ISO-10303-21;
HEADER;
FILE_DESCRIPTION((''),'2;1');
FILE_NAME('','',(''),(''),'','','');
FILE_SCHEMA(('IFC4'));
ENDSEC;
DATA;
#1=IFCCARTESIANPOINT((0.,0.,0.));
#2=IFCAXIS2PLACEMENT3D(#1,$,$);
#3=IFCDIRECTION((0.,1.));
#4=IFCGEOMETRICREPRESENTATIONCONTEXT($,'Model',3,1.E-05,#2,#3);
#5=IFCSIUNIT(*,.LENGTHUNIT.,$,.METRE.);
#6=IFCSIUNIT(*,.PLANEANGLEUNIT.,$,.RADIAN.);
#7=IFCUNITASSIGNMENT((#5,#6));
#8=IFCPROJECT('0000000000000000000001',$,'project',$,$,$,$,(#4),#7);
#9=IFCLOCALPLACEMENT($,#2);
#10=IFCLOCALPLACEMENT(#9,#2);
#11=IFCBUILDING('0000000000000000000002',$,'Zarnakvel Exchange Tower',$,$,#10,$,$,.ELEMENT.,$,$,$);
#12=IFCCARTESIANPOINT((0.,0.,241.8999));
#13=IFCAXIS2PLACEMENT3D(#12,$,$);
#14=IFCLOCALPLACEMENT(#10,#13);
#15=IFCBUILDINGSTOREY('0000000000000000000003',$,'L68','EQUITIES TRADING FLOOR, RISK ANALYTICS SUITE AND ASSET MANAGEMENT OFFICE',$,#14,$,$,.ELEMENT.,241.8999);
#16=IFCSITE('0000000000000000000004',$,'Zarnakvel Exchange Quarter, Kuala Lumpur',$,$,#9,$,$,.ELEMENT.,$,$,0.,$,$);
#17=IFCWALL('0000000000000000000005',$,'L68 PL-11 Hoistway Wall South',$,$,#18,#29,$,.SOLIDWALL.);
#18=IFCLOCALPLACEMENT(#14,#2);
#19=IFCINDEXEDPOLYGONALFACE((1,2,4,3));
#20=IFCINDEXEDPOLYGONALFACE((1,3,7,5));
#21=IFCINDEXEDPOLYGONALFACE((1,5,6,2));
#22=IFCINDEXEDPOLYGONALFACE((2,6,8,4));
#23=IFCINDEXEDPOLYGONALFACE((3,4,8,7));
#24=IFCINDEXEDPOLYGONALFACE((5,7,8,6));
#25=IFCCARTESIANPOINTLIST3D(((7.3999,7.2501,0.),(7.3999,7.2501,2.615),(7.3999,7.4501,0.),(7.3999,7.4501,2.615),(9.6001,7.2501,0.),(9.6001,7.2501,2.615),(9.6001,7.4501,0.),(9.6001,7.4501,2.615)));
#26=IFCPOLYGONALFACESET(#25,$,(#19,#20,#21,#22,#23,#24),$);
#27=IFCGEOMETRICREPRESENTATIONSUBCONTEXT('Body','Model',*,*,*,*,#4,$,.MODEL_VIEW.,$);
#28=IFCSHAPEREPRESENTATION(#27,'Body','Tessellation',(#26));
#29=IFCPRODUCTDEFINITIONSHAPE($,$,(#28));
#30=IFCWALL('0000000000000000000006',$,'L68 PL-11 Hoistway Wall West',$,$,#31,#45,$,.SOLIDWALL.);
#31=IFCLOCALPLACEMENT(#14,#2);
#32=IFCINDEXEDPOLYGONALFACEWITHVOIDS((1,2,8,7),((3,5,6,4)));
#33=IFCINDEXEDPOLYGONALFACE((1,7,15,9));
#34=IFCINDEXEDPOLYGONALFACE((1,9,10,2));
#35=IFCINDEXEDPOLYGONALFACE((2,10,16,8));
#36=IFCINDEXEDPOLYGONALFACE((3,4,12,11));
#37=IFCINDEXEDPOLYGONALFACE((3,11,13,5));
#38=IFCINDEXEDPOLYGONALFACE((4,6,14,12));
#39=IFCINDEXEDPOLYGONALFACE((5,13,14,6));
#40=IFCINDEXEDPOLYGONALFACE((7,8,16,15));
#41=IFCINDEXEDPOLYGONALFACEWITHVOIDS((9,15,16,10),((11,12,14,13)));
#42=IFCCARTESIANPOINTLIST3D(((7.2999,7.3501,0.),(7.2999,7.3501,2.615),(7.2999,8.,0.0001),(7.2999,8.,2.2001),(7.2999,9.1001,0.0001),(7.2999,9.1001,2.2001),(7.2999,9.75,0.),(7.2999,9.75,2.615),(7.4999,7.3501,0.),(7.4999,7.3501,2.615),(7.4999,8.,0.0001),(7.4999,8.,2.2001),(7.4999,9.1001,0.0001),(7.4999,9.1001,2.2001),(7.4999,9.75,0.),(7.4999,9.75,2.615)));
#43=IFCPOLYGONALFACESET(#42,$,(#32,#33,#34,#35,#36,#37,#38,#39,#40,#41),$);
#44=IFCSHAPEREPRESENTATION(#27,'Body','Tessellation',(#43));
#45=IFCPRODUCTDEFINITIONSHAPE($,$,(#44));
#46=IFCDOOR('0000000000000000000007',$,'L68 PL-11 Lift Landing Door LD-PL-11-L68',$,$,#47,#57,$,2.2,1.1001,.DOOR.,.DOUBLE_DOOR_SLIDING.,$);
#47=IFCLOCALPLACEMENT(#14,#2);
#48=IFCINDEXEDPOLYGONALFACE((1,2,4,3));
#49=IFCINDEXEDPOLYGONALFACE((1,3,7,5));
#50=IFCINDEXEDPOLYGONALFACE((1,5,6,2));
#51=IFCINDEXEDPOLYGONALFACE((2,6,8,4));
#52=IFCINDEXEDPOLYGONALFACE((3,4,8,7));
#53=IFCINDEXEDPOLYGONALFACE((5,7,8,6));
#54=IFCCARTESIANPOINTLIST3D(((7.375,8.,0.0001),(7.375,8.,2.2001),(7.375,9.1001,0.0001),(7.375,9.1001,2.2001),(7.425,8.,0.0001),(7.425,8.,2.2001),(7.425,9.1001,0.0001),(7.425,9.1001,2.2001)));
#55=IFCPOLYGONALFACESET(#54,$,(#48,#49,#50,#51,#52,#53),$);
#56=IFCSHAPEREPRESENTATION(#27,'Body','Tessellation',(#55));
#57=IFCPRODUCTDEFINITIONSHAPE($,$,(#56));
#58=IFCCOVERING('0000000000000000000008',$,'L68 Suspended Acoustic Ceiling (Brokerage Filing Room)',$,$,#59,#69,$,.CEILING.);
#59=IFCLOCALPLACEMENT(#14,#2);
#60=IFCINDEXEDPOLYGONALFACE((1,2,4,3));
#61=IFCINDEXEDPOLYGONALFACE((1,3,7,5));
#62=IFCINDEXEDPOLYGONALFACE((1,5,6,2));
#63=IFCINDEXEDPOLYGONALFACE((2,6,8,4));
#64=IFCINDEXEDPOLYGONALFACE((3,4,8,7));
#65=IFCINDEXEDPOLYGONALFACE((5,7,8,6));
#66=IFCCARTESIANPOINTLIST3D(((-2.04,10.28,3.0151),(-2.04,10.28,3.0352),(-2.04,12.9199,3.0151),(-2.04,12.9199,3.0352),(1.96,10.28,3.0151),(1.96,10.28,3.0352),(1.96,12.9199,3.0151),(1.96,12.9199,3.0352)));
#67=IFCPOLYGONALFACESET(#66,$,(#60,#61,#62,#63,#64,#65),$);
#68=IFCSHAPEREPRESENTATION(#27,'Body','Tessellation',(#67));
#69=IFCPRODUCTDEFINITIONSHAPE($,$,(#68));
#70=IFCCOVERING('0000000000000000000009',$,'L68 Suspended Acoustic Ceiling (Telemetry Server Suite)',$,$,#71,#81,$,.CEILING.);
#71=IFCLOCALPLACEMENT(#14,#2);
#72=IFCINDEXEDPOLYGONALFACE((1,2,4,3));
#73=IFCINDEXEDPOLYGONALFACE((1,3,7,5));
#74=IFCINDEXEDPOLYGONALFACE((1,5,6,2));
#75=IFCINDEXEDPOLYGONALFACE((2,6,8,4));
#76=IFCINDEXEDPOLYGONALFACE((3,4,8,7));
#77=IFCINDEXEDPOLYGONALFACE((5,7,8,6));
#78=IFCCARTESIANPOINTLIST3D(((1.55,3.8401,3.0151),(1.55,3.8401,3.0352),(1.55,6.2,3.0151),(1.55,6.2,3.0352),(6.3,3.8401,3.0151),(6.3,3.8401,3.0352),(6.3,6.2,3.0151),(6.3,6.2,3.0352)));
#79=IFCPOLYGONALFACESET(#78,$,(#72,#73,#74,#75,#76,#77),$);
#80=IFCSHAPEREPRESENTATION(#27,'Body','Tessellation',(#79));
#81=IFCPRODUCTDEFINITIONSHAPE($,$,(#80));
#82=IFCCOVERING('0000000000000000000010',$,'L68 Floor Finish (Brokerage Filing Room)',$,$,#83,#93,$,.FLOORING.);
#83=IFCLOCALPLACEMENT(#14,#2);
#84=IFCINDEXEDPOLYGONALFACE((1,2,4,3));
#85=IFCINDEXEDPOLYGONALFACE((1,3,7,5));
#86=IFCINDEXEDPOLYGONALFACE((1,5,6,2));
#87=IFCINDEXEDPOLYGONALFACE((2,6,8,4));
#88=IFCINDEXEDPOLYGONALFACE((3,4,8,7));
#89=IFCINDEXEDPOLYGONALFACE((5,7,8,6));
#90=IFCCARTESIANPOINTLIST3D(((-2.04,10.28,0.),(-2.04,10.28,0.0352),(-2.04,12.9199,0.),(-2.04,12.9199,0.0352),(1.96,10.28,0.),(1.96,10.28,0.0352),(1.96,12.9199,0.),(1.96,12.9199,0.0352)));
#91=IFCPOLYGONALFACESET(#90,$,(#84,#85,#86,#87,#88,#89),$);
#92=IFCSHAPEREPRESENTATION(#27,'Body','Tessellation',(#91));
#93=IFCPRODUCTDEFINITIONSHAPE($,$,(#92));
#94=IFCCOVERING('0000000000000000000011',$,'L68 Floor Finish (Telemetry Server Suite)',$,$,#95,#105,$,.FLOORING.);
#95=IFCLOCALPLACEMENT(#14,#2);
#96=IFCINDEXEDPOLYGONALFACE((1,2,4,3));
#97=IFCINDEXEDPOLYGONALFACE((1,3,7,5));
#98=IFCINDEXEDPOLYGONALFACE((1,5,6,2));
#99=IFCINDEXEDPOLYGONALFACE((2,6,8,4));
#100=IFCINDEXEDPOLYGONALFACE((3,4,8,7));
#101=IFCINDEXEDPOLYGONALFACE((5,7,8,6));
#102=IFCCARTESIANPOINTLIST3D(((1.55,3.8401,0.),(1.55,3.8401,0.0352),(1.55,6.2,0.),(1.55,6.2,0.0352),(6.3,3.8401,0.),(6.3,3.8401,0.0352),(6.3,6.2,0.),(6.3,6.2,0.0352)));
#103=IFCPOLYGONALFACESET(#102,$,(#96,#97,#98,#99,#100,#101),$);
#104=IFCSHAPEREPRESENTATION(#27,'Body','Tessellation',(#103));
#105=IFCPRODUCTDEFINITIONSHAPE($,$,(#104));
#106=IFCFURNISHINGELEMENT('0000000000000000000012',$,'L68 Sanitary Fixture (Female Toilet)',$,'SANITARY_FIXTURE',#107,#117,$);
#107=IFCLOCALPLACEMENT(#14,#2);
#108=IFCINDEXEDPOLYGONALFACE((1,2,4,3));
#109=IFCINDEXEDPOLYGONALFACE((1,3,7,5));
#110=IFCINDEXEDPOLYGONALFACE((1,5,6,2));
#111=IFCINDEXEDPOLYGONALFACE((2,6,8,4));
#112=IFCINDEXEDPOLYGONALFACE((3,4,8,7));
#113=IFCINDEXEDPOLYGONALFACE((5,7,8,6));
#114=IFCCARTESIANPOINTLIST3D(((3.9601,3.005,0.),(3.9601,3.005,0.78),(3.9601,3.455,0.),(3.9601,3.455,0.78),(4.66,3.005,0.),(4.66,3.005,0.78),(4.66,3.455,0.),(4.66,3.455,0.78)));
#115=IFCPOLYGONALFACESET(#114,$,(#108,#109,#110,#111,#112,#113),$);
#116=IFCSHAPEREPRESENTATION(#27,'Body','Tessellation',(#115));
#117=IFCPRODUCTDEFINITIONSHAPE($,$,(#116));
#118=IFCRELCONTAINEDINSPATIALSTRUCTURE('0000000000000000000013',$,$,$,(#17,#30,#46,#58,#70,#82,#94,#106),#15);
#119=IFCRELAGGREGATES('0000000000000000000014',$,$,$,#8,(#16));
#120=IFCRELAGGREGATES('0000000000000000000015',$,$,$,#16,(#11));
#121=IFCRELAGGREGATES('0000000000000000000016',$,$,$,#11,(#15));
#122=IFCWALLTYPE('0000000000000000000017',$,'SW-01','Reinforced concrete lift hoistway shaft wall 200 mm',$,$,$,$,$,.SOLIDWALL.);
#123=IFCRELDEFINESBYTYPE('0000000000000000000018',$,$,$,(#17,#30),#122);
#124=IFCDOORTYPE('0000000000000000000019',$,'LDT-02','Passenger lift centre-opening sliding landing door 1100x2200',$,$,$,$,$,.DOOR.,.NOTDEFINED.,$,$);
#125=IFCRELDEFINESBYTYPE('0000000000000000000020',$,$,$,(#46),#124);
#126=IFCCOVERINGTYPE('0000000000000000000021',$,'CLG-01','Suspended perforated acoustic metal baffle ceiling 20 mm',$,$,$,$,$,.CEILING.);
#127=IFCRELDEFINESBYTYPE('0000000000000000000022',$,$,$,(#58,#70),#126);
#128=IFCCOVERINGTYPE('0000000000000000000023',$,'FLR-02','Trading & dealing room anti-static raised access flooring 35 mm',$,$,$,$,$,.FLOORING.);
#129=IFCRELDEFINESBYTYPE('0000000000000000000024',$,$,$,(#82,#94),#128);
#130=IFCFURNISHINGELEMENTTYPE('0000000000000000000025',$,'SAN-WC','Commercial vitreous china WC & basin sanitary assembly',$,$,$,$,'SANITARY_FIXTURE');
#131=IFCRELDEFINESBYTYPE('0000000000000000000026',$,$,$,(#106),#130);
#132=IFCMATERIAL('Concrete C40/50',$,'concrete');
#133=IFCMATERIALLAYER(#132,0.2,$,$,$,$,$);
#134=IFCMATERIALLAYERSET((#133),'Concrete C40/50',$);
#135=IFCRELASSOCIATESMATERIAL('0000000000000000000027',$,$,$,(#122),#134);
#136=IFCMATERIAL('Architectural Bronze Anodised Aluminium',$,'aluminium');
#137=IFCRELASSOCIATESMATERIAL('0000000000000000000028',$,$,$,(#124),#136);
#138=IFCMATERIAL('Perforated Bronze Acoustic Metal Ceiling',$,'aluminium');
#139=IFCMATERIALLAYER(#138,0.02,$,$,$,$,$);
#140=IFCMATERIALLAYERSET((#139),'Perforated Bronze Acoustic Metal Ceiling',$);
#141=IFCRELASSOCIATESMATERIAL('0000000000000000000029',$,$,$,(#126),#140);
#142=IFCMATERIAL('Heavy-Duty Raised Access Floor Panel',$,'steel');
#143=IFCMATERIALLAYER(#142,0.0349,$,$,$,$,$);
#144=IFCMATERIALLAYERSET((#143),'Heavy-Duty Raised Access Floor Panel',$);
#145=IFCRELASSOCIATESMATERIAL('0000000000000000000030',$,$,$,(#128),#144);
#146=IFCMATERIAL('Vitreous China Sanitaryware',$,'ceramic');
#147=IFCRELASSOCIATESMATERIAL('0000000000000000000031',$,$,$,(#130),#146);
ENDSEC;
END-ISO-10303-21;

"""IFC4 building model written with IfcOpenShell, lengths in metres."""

from ifc_helpers import new_model, si_unit, direction, frame, frame_2d, origin, origin_2d, place, context, subcontext, project, spatial, polyline, rectangle, outline, extrude, source, transform, mapped, material, layer, layer_set, type_object, element, fill, save


model = new_model("IFC4")

# Units and contexts
model_context = context("Model", 3, precision=1e-05, world=origin(), true_north=direction((0.0, 1.0)))
body_context = subcontext(model_context, "Body", "Model", "MODEL_VIEW")
ifc_project = project(units=[si_unit("LENGTHUNIT", "METRE"), si_unit("PLANEANGLEUNIT", "RADIAN")], contexts=[model_context])

# Site, building, storey
site_placement = place(None, origin())
site = spatial("IfcSite", under=ifc_project, at=site_placement, Name="Zarnakvel Exchange Quarter, Kuala Lumpur", CompositionType="ELEMENT", RefElevation=0.0)
building_placement = place(site_placement, origin())
building = spatial("IfcBuilding", under=site, at=building_placement, Name="Zarnakvel Exchange Tower", CompositionType="ELEMENT")
storey_placement = place(building_placement, frame((0.0, 0.0, 241.8999)))
storey = spatial("IfcBuildingStorey", under=building, at=storey_placement, Name="L68", Description="EQUITIES TRADING FLOOR, RISK ANALYTICS SUITE AND ASSET MANAGEMENT OFFICE", CompositionType="ELEMENT", Elevation=241.8999)

# Shared definitions
ifc_material_1 = material(Name="Concrete C40/50", Category="concrete")
ifc_layer_1 = layer(ifc_material_1, 0.2)
ifc_layer_set_1 = layer_set([ifc_layer_1], Name="Concrete C40/50")
wall_type_1 = type_object("IfcWallType", Name="SW-01", Description="Reinforced concrete lift hoistway shaft wall 200 mm", PredefinedType="SOLIDWALL", material=ifc_layer_set_1)
shared_shape_1 = source(origin(), body_context, "Body", "SweptSolid", [
    extrude(rectangle(XDim=1.1001, YDim=2.2, at=frame_2d((0.55, 1.1001))), frame((0.0, 0.0249, 0.0), z_axis=(0.0, -1.0, 0.0), x_axis=(1.0, 0.0, 0.0)), (0.0, 0.0, 1.0), 0.05),
])

# Wall
wall_1_placement = place(storey_placement, frame((9.6001, 7.3501, 0.0), z_axis=(0.0, 0.0, 1.0), x_axis=(-1.0, 0.0, 0.0)))
element("IfcWall", 1, at=wall_1_placement, inside=storey, type_object=wall_type_1, Name="L68 PL-11 Hoistway Wall South", PredefinedType="SOLIDWALL", context=body_context, shape_type="SweptSolid", body=[
    extrude(rectangle(XDim=2.2002, YDim=0.2, at=frame_2d((1.1001, 0.0))), origin(), (0.0, 0.0, 1.0), 2.615),
])

# Wall, opening, door
wall_2_placement = place(storey_placement, frame((7.3999, 7.3501, 0.0), z_axis=(0.0, 0.0, 1.0), x_axis=(0.0, 1.0, 0.0)))
wall_2 = element("IfcWall", 2, at=wall_2_placement, inside=storey, type_object=wall_type_1, Name="L68 PL-11 Hoistway Wall West", PredefinedType="SOLIDWALL", context=body_context, shape_type="SweptSolid", body=[
    extrude(rectangle(XDim=2.3999, YDim=0.2, at=frame_2d((1.2, 0.0))), origin(), (0.0, 0.0, 1.0), 2.615),
])
opening_1_placement = place(wall_2_placement, frame((0.6499, 0.0, 0.0)))
opening_1 = element("IfcOpeningElement", 3, at=opening_1_placement, cuts=wall_2, PredefinedType="OPENING", context=body_context, shape_type="SweptSolid", body=[
    extrude(rectangle(XDim=1.1001, YDim=2.2, at=frame_2d((0.55, 1.1001))), frame((0.0, 0.1099, 0.0), z_axis=(0.0, -1.0, 0.0), x_axis=(1.0, 0.0, 0.0)), (0.0, 0.0, 1.0), 0.22),
])
ifc_material_2 = material(Name="Architectural Bronze Anodised Aluminium", Category="aluminium")
door_type_1 = type_object("IfcDoorType", Name="LDT-02", Description="Passenger lift centre-opening sliding landing door 1100x2200", OperationType="NOTDEFINED", PredefinedType="DOOR", material=ifc_material_2)
door_1_placement = place(opening_1_placement, origin())
door_1 = element("IfcDoor", 4, at=door_1_placement, inside=storey, type_object=door_type_1, Name="L68 PL-11 Lift Landing Door LD-PL-11-L68", OperationType="DOUBLE_DOOR_SLIDING", OverallHeight=2.2, OverallWidth=1.1001, PredefinedType="DOOR", context=body_context, shape_type="MappedRepresentation", body=[
    mapped(shared_shape_1, transform((0.0, 0.0, 0.0), x_axis=(1.0, 0.0, 0.0), y_axis=(0.0, 1.0, 0.0), z_axis=(0.0, 0.0, 1.0), scale=1.0)),
])
fill(opening_1, door_1)

# Coverings
ifc_material_3 = material(Name="Perforated Bronze Acoustic Metal Ceiling", Category="aluminium")
ifc_layer_2 = layer(ifc_material_3, 0.02)
ifc_layer_set_2 = layer_set([ifc_layer_2], Name="Perforated Bronze Acoustic Metal Ceiling")
covering_type_1 = type_object("IfcCoveringType", Name="CLG-01", Description="Suspended perforated acoustic metal baffle ceiling 20 mm", PredefinedType="CEILING", material=ifc_layer_set_2)
covering_1_placement = place(storey_placement, frame((0.0, 0.0, 3.0151)))
element("IfcCovering", 5, at=covering_1_placement, inside=storey, type_object=covering_type_1, Name="L68 Suspended Acoustic Ceiling (Brokerage Filing Room)", PredefinedType="CEILING", context=body_context, shape_type="SweptSolid", body=[
    extrude(outline(polyline([(-2.04, 12.9199), (1.96, 12.9199), (1.96, 10.28), (-2.04, 10.28), (-2.04, 12.9199)])), origin(), (0.0, 0.0, 1.0), 0.02),
])
covering_2_placement = place(storey_placement, frame((0.0, 0.0, 3.0151)))
element("IfcCovering", 6, at=covering_2_placement, inside=storey, type_object=covering_type_1, Name="L68 Suspended Acoustic Ceiling (Telemetry Server Suite)", PredefinedType="CEILING", context=body_context, shape_type="SweptSolid", body=[
    extrude(outline(polyline([(1.55, 6.2), (6.3, 6.2), (6.3, 3.8401), (1.55, 3.8401), (1.55, 6.2)])), origin(), (0.0, 0.0, 1.0), 0.02),
])
ifc_material_4 = material(Name="Heavy-Duty Raised Access Floor Panel", Category="steel")
ifc_layer_3 = layer(ifc_material_4, 0.0349)
ifc_layer_set_3 = layer_set([ifc_layer_3], Name="Heavy-Duty Raised Access Floor Panel")
covering_type_2 = type_object("IfcCoveringType", Name="FLR-02", Description="Trading & dealing room anti-static raised access flooring 35 mm", PredefinedType="FLOORING", material=ifc_layer_set_3)
covering_3_placement = place(storey_placement, origin())
element("IfcCovering", 7, at=covering_3_placement, inside=storey, type_object=covering_type_2, Name="L68 Floor Finish (Brokerage Filing Room)", PredefinedType="FLOORING", context=body_context, shape_type="SweptSolid", body=[
    extrude(outline(polyline([(-2.04, 12.9199), (1.96, 12.9199), (1.96, 10.28), (-2.04, 10.28), (-2.04, 12.9199)])), origin(), (0.0, 0.0, 1.0), 0.0352),
])
covering_4_placement = place(storey_placement, origin())
element("IfcCovering", 8, at=covering_4_placement, inside=storey, type_object=covering_type_2, Name="L68 Floor Finish (Telemetry Server Suite)", PredefinedType="FLOORING", context=body_context, shape_type="SweptSolid", body=[
    extrude(outline(polyline([(1.55, 6.2), (6.3, 6.2), (6.3, 3.8401), (1.55, 3.8401), (1.55, 6.2)])), origin(), (0.0, 0.0, 1.0), 0.0352),
])

# Furnishing element
ifc_material_5 = material(Name="Vitreous China Sanitaryware", Category="ceramic")
furnishing_element_type = type_object("IfcFurnishingElementType", Name="SAN-WC", Description="Commercial vitreous china WC & basin sanitary assembly", ElementType="SANITARY_FIXTURE", material=ifc_material_5)
shared_shape_2 = source(origin(), body_context, "Body", "SweptSolid", [
    extrude(rectangle(XDim=0.7, YDim=0.45, at=origin_2d()), origin(), (0.0, 0.0, 1.0), 0.78),
])
furnishing_placement = place(storey_placement, frame((4.3101, 3.23, 0.0), z_axis=(0.0, 0.0, 1.0), x_axis=(1.0, 0.0, 0.0)))
element("IfcFurnishingElement", 9, at=furnishing_placement, inside=storey, type_object=furnishing_element_type, Name="L68 Sanitary Fixture (Female Toilet)", ObjectType="SANITARY_FIXTURE", context=body_context, shape_type="MappedRepresentation", body=[
    mapped(shared_shape_2, transform((0.0, 0.0, 0.0), x_axis=(1.0, 0.0, 0.0), y_axis=(0.0, 1.0, 0.0), z_axis=(0.0, 0.0, 1.0), scale=1.0)),
])

save(model, "model.ifc")
